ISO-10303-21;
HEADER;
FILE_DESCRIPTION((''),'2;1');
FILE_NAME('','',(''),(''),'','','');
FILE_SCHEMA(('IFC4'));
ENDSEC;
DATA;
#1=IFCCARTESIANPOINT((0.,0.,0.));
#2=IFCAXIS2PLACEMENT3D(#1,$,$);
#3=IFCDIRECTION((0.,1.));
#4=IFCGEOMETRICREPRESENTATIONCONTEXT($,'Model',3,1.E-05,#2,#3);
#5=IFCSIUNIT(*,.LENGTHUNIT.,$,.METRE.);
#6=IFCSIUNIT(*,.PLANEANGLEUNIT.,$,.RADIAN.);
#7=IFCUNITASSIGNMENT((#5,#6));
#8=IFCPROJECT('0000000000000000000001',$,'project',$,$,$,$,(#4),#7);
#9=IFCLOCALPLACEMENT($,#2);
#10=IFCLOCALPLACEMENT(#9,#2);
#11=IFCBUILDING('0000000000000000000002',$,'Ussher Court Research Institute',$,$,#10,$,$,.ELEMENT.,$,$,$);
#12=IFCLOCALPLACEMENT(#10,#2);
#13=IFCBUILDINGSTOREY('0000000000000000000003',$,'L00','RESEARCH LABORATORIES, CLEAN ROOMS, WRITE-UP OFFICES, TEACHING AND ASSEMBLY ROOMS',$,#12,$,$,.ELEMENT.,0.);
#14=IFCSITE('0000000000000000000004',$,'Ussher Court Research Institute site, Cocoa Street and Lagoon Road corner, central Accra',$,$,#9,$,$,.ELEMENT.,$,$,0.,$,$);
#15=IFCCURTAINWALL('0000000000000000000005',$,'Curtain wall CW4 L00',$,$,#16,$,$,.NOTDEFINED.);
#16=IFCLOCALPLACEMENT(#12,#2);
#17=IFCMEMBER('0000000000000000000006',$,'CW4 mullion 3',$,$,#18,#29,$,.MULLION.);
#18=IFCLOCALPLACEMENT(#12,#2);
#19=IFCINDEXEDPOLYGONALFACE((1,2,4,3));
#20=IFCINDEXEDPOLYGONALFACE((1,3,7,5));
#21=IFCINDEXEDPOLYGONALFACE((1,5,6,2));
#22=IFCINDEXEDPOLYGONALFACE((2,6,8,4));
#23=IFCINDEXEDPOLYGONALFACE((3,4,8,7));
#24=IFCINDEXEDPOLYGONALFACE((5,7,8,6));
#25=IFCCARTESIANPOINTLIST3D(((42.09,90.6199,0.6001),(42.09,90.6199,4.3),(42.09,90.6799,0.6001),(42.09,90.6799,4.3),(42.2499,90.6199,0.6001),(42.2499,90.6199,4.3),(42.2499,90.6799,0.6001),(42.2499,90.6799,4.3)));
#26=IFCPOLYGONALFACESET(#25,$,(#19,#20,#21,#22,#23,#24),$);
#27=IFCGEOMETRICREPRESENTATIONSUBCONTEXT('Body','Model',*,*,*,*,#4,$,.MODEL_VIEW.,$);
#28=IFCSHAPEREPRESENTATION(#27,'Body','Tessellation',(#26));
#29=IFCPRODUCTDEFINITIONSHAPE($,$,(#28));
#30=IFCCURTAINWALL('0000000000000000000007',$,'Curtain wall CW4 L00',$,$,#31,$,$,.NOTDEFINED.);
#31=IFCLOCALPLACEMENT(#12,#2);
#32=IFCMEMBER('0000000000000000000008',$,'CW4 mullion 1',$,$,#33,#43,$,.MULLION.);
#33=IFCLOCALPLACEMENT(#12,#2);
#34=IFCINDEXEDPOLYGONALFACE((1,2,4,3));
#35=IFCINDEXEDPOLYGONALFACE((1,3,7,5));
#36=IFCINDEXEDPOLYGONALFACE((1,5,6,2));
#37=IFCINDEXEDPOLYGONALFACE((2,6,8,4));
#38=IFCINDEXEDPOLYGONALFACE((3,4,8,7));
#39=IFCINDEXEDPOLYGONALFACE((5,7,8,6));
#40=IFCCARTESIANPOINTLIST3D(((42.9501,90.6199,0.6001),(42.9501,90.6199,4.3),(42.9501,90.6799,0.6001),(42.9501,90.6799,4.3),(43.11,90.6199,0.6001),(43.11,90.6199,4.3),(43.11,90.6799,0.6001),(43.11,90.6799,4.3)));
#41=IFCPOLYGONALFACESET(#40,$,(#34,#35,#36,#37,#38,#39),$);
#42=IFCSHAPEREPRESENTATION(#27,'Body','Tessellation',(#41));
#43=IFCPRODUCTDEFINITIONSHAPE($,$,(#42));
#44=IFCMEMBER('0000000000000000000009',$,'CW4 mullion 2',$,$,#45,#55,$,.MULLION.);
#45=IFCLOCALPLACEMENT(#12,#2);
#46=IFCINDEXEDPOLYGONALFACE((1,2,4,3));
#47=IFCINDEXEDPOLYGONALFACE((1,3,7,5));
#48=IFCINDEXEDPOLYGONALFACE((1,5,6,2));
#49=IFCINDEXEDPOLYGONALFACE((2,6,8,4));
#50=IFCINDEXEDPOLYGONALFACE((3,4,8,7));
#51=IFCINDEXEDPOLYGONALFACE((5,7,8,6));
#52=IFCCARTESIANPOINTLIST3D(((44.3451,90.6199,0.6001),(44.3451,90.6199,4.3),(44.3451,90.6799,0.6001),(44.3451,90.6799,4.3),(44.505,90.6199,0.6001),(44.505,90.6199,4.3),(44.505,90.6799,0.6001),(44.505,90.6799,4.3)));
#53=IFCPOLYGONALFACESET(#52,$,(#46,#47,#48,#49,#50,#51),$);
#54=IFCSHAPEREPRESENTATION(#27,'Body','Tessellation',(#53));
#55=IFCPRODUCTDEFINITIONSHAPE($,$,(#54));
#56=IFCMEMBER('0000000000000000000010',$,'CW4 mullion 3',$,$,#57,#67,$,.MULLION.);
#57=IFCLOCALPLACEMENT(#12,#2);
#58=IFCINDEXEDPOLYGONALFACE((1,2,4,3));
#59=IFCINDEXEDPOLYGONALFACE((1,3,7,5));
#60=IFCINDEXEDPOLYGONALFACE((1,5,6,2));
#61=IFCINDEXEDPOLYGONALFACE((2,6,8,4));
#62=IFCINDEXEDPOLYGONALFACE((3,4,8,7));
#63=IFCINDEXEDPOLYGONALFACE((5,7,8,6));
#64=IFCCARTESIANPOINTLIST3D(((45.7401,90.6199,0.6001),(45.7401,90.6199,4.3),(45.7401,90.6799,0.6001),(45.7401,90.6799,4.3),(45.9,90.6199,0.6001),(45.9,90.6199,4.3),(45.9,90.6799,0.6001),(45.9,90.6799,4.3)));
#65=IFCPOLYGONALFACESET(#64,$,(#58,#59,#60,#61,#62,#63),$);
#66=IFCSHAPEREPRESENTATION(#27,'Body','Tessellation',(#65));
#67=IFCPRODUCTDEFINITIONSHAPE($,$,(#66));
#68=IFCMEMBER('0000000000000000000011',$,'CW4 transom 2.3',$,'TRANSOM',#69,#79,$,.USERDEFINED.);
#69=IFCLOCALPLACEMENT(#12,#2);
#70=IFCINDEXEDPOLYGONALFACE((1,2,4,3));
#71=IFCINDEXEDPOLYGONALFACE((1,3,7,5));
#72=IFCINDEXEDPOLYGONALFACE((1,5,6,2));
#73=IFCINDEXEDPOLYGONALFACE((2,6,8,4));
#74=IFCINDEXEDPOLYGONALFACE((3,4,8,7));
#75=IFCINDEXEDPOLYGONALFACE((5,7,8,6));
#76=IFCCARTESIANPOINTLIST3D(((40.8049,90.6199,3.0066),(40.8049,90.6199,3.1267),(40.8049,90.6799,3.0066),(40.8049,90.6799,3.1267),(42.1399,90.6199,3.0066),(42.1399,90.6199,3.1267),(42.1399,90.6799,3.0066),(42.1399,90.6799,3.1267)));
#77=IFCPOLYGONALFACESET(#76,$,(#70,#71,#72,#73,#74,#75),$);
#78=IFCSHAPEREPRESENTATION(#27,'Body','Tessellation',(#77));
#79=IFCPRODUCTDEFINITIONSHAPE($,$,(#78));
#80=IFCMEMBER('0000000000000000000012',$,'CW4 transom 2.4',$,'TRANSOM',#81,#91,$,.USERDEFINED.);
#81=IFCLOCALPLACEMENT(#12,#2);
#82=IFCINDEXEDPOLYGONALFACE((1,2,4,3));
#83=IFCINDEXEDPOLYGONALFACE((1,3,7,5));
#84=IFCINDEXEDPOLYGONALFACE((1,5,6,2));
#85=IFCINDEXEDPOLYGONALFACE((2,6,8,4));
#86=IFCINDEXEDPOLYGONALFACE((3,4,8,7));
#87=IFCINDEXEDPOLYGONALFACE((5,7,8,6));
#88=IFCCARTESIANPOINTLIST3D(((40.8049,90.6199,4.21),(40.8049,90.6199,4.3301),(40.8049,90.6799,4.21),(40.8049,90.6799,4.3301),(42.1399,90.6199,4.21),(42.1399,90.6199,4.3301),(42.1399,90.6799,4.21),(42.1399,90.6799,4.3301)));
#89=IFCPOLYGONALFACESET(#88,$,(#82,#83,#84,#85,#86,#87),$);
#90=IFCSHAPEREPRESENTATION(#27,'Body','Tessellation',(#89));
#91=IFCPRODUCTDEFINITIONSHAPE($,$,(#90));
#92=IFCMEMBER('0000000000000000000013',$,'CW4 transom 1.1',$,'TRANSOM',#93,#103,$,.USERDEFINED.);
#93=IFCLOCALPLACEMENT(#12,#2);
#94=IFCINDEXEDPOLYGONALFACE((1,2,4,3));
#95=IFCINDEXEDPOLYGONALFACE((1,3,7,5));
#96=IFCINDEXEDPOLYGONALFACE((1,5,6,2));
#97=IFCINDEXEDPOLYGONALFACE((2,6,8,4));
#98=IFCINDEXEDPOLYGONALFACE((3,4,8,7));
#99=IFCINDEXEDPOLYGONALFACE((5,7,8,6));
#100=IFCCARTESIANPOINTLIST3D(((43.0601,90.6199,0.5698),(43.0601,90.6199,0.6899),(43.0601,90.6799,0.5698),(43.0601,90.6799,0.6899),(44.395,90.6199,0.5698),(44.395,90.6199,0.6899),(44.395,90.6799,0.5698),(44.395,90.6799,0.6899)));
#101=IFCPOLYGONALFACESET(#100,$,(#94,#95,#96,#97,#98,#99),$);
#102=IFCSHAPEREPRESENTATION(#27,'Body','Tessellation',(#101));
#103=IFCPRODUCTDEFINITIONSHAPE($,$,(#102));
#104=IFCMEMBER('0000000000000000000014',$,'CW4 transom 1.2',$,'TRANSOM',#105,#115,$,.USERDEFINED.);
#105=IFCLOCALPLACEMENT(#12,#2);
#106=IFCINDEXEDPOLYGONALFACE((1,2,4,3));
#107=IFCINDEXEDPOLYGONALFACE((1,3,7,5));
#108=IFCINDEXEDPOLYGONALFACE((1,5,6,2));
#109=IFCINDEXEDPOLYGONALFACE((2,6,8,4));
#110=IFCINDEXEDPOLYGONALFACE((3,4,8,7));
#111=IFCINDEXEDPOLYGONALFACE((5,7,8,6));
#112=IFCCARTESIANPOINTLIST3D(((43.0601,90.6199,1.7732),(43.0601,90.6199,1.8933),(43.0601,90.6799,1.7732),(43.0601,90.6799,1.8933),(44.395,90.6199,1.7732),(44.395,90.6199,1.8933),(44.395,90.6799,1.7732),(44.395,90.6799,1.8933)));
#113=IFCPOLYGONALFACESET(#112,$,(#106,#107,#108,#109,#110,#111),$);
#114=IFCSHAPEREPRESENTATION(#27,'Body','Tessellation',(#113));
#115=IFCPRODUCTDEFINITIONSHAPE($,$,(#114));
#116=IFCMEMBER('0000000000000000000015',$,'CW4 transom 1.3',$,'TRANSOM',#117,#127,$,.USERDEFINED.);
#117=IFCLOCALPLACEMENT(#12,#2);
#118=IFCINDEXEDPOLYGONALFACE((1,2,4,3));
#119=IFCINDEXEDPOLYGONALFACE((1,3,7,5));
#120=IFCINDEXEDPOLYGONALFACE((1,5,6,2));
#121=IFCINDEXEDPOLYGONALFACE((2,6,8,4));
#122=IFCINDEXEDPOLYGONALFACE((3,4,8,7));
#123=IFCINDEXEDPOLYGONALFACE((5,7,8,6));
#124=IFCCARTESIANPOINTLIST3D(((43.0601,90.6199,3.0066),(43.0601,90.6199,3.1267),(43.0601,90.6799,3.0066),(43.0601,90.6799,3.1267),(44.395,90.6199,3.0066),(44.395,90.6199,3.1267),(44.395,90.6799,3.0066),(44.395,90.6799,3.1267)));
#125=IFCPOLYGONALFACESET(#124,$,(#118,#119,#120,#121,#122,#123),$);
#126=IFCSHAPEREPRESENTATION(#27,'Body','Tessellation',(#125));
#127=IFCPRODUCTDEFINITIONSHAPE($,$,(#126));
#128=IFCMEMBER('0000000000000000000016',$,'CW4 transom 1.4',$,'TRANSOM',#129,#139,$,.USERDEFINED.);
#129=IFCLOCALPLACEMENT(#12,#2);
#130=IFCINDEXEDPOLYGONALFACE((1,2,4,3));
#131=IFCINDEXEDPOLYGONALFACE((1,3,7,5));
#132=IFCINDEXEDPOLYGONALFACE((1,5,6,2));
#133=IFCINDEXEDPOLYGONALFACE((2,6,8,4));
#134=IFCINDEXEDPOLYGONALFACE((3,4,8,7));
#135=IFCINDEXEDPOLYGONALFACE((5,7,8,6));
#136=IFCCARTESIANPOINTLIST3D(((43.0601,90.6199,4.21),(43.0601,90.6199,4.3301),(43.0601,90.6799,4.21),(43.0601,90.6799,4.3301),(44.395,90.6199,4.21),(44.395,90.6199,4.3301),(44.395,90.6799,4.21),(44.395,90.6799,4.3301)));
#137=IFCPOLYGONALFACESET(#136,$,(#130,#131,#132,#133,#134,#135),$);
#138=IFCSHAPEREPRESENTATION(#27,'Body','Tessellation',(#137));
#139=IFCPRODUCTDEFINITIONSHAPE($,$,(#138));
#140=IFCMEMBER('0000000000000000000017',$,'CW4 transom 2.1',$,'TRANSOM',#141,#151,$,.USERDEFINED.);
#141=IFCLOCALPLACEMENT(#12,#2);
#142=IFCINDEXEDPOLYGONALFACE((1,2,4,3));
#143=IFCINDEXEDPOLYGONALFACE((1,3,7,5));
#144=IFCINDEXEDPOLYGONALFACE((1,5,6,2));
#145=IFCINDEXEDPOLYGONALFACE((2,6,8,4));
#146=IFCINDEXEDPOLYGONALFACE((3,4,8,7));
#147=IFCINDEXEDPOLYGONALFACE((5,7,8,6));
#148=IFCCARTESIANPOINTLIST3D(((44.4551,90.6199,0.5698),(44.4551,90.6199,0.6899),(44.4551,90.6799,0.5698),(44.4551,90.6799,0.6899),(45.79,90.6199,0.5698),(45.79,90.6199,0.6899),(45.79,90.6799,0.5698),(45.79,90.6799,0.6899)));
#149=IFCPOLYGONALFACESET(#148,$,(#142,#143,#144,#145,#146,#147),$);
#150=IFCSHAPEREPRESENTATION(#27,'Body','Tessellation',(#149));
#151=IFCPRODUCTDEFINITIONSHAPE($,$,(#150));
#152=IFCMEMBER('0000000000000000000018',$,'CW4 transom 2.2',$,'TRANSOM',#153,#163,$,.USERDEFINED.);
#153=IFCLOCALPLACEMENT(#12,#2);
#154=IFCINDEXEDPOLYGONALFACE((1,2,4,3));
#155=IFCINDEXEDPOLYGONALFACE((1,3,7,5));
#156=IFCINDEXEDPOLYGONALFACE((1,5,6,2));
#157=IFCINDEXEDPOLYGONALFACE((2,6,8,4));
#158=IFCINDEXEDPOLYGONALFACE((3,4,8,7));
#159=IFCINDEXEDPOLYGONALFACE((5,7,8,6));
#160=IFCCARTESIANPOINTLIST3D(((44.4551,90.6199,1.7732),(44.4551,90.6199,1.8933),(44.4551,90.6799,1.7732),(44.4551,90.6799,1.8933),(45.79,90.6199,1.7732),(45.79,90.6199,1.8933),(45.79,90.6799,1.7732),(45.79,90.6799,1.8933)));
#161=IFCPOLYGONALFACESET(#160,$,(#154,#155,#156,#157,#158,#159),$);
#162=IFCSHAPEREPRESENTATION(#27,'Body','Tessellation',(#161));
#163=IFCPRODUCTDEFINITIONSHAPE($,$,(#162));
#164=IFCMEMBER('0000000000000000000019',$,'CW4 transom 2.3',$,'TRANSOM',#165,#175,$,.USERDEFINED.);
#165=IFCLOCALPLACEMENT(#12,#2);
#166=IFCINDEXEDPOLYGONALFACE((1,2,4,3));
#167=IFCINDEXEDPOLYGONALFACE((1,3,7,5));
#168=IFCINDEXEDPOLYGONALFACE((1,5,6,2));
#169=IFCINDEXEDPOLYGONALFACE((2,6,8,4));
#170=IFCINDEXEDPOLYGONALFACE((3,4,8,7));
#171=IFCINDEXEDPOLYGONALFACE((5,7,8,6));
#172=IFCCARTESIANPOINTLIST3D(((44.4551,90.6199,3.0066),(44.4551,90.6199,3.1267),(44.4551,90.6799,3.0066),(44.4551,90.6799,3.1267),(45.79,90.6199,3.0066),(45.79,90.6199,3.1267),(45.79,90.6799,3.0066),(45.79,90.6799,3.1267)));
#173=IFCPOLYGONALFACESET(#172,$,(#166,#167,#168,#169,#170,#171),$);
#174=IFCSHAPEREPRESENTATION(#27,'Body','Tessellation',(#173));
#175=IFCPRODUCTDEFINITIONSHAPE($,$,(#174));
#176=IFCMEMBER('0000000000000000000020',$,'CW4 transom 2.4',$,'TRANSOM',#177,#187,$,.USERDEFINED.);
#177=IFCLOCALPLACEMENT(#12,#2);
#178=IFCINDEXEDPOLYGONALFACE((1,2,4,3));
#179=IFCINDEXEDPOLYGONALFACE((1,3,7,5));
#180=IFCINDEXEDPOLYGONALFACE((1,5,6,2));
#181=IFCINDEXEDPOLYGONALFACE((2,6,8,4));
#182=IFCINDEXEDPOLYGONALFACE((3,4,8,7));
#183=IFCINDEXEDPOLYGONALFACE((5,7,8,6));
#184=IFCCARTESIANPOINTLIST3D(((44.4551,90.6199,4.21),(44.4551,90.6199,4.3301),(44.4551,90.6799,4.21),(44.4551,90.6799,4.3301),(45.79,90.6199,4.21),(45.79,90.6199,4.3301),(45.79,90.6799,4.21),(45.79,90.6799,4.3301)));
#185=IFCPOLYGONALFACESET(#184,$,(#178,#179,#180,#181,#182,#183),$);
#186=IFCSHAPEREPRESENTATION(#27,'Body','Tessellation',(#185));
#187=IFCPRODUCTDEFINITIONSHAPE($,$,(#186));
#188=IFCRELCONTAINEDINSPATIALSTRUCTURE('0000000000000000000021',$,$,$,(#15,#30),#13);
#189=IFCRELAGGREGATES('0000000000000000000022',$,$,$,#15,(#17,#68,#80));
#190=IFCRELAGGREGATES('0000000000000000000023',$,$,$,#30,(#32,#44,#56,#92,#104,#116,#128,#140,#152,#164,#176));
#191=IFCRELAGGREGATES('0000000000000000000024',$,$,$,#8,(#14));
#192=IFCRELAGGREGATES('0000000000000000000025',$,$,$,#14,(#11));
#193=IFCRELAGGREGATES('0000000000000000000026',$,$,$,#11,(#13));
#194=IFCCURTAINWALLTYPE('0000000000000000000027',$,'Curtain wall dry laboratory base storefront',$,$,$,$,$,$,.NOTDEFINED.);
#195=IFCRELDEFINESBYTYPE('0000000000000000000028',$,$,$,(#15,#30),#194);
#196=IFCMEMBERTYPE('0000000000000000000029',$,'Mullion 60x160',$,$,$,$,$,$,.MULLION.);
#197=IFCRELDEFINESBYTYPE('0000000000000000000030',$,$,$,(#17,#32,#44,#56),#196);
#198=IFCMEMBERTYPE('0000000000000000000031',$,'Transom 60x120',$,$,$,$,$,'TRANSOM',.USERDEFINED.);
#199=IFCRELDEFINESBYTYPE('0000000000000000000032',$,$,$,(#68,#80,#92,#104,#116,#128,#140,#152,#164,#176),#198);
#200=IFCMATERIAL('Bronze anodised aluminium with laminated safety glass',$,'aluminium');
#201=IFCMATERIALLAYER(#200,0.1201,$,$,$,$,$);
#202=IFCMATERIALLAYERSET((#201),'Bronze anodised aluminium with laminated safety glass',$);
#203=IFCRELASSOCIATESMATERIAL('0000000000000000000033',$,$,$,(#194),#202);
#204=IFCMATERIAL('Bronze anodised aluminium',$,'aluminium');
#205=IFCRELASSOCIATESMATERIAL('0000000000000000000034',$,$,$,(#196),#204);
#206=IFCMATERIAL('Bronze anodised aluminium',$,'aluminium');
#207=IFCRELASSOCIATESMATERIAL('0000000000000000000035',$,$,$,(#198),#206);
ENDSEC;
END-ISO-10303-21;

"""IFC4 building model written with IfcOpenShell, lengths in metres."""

from ifc_helpers import new_model, si_unit, direction, frame, origin, origin_2d, place, context, subcontext, project, spatial, rectangle, extrude, material, layer, layer_set, material_profile, profile_set, type_object, element, aggregate, save


model = new_model("IFC4")

# Units and contexts
model_context = context("Model", 3, precision=1e-05, world=origin(), true_north=direction((0.0, 1.0)))
body_context = subcontext(model_context, "Body", "Model", "MODEL_VIEW")
ifc_project = project(units=[si_unit("LENGTHUNIT", "METRE"), si_unit("PLANEANGLEUNIT", "RADIAN")], contexts=[model_context])

# Site, building, storey
site_placement = place(None, origin())
site = spatial("IfcSite", under=ifc_project, at=site_placement, Name="Ussher Court Research Institute site, Cocoa Street and Lagoon Road corner, central Accra", CompositionType="ELEMENT", RefElevation=0.0)
building_placement = place(site_placement, origin())
building = spatial("IfcBuilding", under=site, at=building_placement, Name="Ussher Court Research Institute", CompositionType="ELEMENT")
storey_placement = place(building_placement, origin())
storey = spatial("IfcBuildingStorey", under=building, at=storey_placement, Name="L00", Description="RESEARCH LABORATORIES, CLEAN ROOMS, WRITE-UP OFFICES, TEACHING AND ASSEMBLY ROOMS", CompositionType="ELEMENT", Elevation=0.0)

# Curtain wall, member
ifc_material_1 = material(Name="Bronze anodised aluminium with laminated safety glass", Category="aluminium")
ifc_layer_1 = layer(ifc_material_1, 0.1201)
ifc_layer_set_1 = layer_set([ifc_layer_1], Name="Bronze anodised aluminium with laminated safety glass")
curtain_wall_type = type_object("IfcCurtainWallType", Name="Curtain wall dry laboratory base storefront", PredefinedType="NOTDEFINED", material=ifc_layer_set_1)
curtain_wall_1_placement = place(storey_placement, origin())
curtain_wall_1 = element("IfcCurtainWall", 1, at=curtain_wall_1_placement, inside=storey, type_object=curtain_wall_type, Name="Curtain wall CW4 L00", PredefinedType="NOTDEFINED")
ifc_material_2 = material(Name="Bronze anodised aluminium", Category="aluminium")
ifc_material_profile_1 = material_profile(ifc_material_2, rectangle(XDim=0.0601, YDim=0.1599, at=origin_2d()), Name="Mullion 60x160")
ifc_profile_set_1 = profile_set([ifc_material_profile_1], Name="Bronze anodised aluminium")
member_type_1 = type_object("IfcMemberType", Name="Mullion 60x160", PredefinedType="MULLION", material=ifc_profile_set_1)
member_1_placement = place(storey_placement, frame((42.1699, 90.6499, 0.6001), z_axis=(0.0, 0.0, 1.0), x_axis=(0.0, 1.0, 0.0)))
member_1 = element("IfcMember", 2, at=member_1_placement, type_object=member_type_1, Name="CW4 mullion 3", PredefinedType="MULLION", context=body_context, shape_type="SweptSolid", body=[
    extrude(rectangle(XDim=0.0601, YDim=0.1599, at=origin_2d()), origin(), (0.0, 0.0, 1.0), 3.7),
])

# Curtain wall, members
curtain_wall_2_placement = place(storey_placement, origin())
curtain_wall_2 = element("IfcCurtainWall", 3, at=curtain_wall_2_placement, inside=storey, type_object=curtain_wall_type, Name="Curtain wall CW4 L00", PredefinedType="NOTDEFINED")
member_2_placement = place(storey_placement, frame((43.03, 90.6499, 0.6001), z_axis=(0.0, 0.0, 1.0), x_axis=(0.0, 1.0, 0.0)))
member_2 = element("IfcMember", 4, at=member_2_placement, type_object=member_type_1, Name="CW4 mullion 1", PredefinedType="MULLION", context=body_context, shape_type="SweptSolid", body=[
    extrude(rectangle(XDim=0.0601, YDim=0.1599, at=origin_2d()), origin(), (0.0, 0.0, 1.0), 3.7),
])
member_3_placement = place(storey_placement, frame((44.425, 90.6499, 0.6001), z_axis=(0.0, 0.0, 1.0), x_axis=(0.0, 1.0, 0.0)))
member_3 = element("IfcMember", 5, at=member_3_placement, type_object=member_type_1, Name="CW4 mullion 2", PredefinedType="MULLION", context=body_context, shape_type="SweptSolid", body=[
    extrude(rectangle(XDim=0.0601, YDim=0.1599, at=origin_2d()), origin(), (0.0, 0.0, 1.0), 3.7),
])
member_4_placement = place(storey_placement, frame((45.8201, 90.6499, 0.6001), z_axis=(0.0, 0.0, 1.0), x_axis=(0.0, 1.0, 0.0)))
member_4 = element("IfcMember", 6, at=member_4_placement, type_object=member_type_1, Name="CW4 mullion 3", PredefinedType="MULLION", context=body_context, shape_type="SweptSolid", body=[
    extrude(rectangle(XDim=0.0601, YDim=0.1599, at=origin_2d()), origin(), (0.0, 0.0, 1.0), 3.7),
])

# Members
ifc_material_3 = material(Name="Bronze anodised aluminium", Category="aluminium")
ifc_material_profile_2 = material_profile(ifc_material_3, rectangle(XDim=0.0601, YDim=0.1201, at=origin_2d()), Name="Transom 60x120")
ifc_profile_set_2 = profile_set([ifc_material_profile_2], Name="Bronze anodised aluminium")
member_type_2 = type_object("IfcMemberType", Name="Transom 60x120", ElementType="TRANSOM", PredefinedType="USERDEFINED", material=ifc_profile_set_2)
member_5_placement = place(storey_placement, frame((40.8049, 90.6499, 3.0667), z_axis=(1.0, 0.0, 0.0), x_axis=(0.0, 1.0, 0.0)))
member_5 = element("IfcMember", 7, at=member_5_placement, type_object=member_type_2, Name="CW4 transom 2.3", ObjectType="TRANSOM", PredefinedType="USERDEFINED", context=body_context, shape_type="SweptSolid", body=[
    extrude(rectangle(XDim=0.0601, YDim=0.1201, at=origin_2d()), origin(), (0.0, 0.0, 1.0), 1.335),
])
member_6_placement = place(storey_placement, frame((40.8049, 90.6499, 4.27), z_axis=(1.0, 0.0, 0.0), x_axis=(0.0, 1.0, 0.0)))
member_6 = element("IfcMember", 8, at=member_6_placement, type_object=member_type_2, Name="CW4 transom 2.4", ObjectType="TRANSOM", PredefinedType="USERDEFINED", context=body_context, shape_type="SweptSolid", body=[
    extrude(rectangle(XDim=0.0601, YDim=0.1201, at=origin_2d()), origin(), (0.0, 0.0, 1.0), 1.335),
])
member_7_placement = place(storey_placement, frame((43.0601, 90.6499, 0.6299), z_axis=(1.0, 0.0, 0.0), x_axis=(0.0, 1.0, 0.0)))
member_7 = element("IfcMember", 9, at=member_7_placement, type_object=member_type_2, Name="CW4 transom 1.1", ObjectType="TRANSOM", PredefinedType="USERDEFINED", context=body_context, shape_type="SweptSolid", body=[
    extrude(rectangle(XDim=0.0601, YDim=0.1201, at=origin_2d()), origin(), (0.0, 0.0, 1.0), 1.335),
])
member_8_placement = place(storey_placement, frame((43.0601, 90.6499, 1.8333), z_axis=(1.0, 0.0, 0.0), x_axis=(0.0, 1.0, 0.0)))
member_8 = element("IfcMember", 10, at=member_8_placement, type_object=member_type_2, Name="CW4 transom 1.2", ObjectType="TRANSOM", PredefinedType="USERDEFINED", context=body_context, shape_type="SweptSolid", body=[
    extrude(rectangle(XDim=0.0601, YDim=0.1201, at=origin_2d()), origin(), (0.0, 0.0, 1.0), 1.335),
])
member_9_placement = place(storey_placement, frame((43.0601, 90.6499, 3.0667), z_axis=(1.0, 0.0, 0.0), x_axis=(0.0, 1.0, 0.0)))
member_9 = element("IfcMember", 11, at=member_9_placement, type_object=member_type_2, Name="CW4 transom 1.3", ObjectType="TRANSOM", PredefinedType="USERDEFINED", context=body_context, shape_type="SweptSolid", body=[
    extrude(rectangle(XDim=0.0601, YDim=0.1201, at=origin_2d()), origin(), (0.0, 0.0, 1.0), 1.335),
])
member_10_placement = place(storey_placement, frame((43.0601, 90.6499, 4.27), z_axis=(1.0, 0.0, 0.0), x_axis=(0.0, 1.0, 0.0)))
member_10 = element("IfcMember", 12, at=member_10_placement, type_object=member_type_2, Name="CW4 transom 1.4", ObjectType="TRANSOM", PredefinedType="USERDEFINED", context=body_context, shape_type="SweptSolid", body=[
    extrude(rectangle(XDim=0.0601, YDim=0.1201, at=origin_2d()), origin(), (0.0, 0.0, 1.0), 1.335),
])
member_11_placement = place(storey_placement, frame((44.4551, 90.6499, 0.6299), z_axis=(1.0, 0.0, 0.0), x_axis=(0.0, 1.0, 0.0)))
member_11 = element("IfcMember", 13, at=member_11_placement, type_object=member_type_2, Name="CW4 transom 2.1", ObjectType="TRANSOM", PredefinedType="USERDEFINED", context=body_context, shape_type="SweptSolid", body=[
    extrude(rectangle(XDim=0.0601, YDim=0.1201, at=origin_2d()), origin(), (0.0, 0.0, 1.0), 1.335),
])
member_12_placement = place(storey_placement, frame((44.4551, 90.6499, 1.8333), z_axis=(1.0, 0.0, 0.0), x_axis=(0.0, 1.0, 0.0)))
member_12 = element("IfcMember", 14, at=member_12_placement, type_object=member_type_2, Name="CW4 transom 2.2", ObjectType="TRANSOM", PredefinedType="USERDEFINED", context=body_context, shape_type="SweptSolid", body=[
    extrude(rectangle(XDim=0.0601, YDim=0.1201, at=origin_2d()), origin(), (0.0, 0.0, 1.0), 1.335),
])
member_13_placement = place(storey_placement, frame((44.4551, 90.6499, 3.0667), z_axis=(1.0, 0.0, 0.0), x_axis=(0.0, 1.0, 0.0)))
member_13 = element("IfcMember", 15, at=member_13_placement, type_object=member_type_2, Name="CW4 transom 2.3", ObjectType="TRANSOM", PredefinedType="USERDEFINED", context=body_context, shape_type="SweptSolid", body=[
    extrude(rectangle(XDim=0.0601, YDim=0.1201, at=origin_2d()), origin(), (0.0, 0.0, 1.0), 1.335),
])
member_14_placement = place(storey_placement, frame((44.4551, 90.6499, 4.27), z_axis=(1.0, 0.0, 0.0), x_axis=(0.0, 1.0, 0.0)))
member_14 = element("IfcMember", 16, at=member_14_placement, type_object=member_type_2, Name="CW4 transom 2.4", ObjectType="TRANSOM", PredefinedType="USERDEFINED", context=body_context, shape_type="SweptSolid", body=[
    extrude(rectangle(XDim=0.0601, YDim=0.1201, at=origin_2d()), origin(), (0.0, 0.0, 1.0), 1.335),
])

aggregate(curtain_wall_1, [member_1, member_5, member_6])
aggregate(curtain_wall_2, [member_2, member_3, member_4, member_7, member_8, member_9, member_10, member_11, member_12, member_13, member_14])

save(model, "model.ifc")
